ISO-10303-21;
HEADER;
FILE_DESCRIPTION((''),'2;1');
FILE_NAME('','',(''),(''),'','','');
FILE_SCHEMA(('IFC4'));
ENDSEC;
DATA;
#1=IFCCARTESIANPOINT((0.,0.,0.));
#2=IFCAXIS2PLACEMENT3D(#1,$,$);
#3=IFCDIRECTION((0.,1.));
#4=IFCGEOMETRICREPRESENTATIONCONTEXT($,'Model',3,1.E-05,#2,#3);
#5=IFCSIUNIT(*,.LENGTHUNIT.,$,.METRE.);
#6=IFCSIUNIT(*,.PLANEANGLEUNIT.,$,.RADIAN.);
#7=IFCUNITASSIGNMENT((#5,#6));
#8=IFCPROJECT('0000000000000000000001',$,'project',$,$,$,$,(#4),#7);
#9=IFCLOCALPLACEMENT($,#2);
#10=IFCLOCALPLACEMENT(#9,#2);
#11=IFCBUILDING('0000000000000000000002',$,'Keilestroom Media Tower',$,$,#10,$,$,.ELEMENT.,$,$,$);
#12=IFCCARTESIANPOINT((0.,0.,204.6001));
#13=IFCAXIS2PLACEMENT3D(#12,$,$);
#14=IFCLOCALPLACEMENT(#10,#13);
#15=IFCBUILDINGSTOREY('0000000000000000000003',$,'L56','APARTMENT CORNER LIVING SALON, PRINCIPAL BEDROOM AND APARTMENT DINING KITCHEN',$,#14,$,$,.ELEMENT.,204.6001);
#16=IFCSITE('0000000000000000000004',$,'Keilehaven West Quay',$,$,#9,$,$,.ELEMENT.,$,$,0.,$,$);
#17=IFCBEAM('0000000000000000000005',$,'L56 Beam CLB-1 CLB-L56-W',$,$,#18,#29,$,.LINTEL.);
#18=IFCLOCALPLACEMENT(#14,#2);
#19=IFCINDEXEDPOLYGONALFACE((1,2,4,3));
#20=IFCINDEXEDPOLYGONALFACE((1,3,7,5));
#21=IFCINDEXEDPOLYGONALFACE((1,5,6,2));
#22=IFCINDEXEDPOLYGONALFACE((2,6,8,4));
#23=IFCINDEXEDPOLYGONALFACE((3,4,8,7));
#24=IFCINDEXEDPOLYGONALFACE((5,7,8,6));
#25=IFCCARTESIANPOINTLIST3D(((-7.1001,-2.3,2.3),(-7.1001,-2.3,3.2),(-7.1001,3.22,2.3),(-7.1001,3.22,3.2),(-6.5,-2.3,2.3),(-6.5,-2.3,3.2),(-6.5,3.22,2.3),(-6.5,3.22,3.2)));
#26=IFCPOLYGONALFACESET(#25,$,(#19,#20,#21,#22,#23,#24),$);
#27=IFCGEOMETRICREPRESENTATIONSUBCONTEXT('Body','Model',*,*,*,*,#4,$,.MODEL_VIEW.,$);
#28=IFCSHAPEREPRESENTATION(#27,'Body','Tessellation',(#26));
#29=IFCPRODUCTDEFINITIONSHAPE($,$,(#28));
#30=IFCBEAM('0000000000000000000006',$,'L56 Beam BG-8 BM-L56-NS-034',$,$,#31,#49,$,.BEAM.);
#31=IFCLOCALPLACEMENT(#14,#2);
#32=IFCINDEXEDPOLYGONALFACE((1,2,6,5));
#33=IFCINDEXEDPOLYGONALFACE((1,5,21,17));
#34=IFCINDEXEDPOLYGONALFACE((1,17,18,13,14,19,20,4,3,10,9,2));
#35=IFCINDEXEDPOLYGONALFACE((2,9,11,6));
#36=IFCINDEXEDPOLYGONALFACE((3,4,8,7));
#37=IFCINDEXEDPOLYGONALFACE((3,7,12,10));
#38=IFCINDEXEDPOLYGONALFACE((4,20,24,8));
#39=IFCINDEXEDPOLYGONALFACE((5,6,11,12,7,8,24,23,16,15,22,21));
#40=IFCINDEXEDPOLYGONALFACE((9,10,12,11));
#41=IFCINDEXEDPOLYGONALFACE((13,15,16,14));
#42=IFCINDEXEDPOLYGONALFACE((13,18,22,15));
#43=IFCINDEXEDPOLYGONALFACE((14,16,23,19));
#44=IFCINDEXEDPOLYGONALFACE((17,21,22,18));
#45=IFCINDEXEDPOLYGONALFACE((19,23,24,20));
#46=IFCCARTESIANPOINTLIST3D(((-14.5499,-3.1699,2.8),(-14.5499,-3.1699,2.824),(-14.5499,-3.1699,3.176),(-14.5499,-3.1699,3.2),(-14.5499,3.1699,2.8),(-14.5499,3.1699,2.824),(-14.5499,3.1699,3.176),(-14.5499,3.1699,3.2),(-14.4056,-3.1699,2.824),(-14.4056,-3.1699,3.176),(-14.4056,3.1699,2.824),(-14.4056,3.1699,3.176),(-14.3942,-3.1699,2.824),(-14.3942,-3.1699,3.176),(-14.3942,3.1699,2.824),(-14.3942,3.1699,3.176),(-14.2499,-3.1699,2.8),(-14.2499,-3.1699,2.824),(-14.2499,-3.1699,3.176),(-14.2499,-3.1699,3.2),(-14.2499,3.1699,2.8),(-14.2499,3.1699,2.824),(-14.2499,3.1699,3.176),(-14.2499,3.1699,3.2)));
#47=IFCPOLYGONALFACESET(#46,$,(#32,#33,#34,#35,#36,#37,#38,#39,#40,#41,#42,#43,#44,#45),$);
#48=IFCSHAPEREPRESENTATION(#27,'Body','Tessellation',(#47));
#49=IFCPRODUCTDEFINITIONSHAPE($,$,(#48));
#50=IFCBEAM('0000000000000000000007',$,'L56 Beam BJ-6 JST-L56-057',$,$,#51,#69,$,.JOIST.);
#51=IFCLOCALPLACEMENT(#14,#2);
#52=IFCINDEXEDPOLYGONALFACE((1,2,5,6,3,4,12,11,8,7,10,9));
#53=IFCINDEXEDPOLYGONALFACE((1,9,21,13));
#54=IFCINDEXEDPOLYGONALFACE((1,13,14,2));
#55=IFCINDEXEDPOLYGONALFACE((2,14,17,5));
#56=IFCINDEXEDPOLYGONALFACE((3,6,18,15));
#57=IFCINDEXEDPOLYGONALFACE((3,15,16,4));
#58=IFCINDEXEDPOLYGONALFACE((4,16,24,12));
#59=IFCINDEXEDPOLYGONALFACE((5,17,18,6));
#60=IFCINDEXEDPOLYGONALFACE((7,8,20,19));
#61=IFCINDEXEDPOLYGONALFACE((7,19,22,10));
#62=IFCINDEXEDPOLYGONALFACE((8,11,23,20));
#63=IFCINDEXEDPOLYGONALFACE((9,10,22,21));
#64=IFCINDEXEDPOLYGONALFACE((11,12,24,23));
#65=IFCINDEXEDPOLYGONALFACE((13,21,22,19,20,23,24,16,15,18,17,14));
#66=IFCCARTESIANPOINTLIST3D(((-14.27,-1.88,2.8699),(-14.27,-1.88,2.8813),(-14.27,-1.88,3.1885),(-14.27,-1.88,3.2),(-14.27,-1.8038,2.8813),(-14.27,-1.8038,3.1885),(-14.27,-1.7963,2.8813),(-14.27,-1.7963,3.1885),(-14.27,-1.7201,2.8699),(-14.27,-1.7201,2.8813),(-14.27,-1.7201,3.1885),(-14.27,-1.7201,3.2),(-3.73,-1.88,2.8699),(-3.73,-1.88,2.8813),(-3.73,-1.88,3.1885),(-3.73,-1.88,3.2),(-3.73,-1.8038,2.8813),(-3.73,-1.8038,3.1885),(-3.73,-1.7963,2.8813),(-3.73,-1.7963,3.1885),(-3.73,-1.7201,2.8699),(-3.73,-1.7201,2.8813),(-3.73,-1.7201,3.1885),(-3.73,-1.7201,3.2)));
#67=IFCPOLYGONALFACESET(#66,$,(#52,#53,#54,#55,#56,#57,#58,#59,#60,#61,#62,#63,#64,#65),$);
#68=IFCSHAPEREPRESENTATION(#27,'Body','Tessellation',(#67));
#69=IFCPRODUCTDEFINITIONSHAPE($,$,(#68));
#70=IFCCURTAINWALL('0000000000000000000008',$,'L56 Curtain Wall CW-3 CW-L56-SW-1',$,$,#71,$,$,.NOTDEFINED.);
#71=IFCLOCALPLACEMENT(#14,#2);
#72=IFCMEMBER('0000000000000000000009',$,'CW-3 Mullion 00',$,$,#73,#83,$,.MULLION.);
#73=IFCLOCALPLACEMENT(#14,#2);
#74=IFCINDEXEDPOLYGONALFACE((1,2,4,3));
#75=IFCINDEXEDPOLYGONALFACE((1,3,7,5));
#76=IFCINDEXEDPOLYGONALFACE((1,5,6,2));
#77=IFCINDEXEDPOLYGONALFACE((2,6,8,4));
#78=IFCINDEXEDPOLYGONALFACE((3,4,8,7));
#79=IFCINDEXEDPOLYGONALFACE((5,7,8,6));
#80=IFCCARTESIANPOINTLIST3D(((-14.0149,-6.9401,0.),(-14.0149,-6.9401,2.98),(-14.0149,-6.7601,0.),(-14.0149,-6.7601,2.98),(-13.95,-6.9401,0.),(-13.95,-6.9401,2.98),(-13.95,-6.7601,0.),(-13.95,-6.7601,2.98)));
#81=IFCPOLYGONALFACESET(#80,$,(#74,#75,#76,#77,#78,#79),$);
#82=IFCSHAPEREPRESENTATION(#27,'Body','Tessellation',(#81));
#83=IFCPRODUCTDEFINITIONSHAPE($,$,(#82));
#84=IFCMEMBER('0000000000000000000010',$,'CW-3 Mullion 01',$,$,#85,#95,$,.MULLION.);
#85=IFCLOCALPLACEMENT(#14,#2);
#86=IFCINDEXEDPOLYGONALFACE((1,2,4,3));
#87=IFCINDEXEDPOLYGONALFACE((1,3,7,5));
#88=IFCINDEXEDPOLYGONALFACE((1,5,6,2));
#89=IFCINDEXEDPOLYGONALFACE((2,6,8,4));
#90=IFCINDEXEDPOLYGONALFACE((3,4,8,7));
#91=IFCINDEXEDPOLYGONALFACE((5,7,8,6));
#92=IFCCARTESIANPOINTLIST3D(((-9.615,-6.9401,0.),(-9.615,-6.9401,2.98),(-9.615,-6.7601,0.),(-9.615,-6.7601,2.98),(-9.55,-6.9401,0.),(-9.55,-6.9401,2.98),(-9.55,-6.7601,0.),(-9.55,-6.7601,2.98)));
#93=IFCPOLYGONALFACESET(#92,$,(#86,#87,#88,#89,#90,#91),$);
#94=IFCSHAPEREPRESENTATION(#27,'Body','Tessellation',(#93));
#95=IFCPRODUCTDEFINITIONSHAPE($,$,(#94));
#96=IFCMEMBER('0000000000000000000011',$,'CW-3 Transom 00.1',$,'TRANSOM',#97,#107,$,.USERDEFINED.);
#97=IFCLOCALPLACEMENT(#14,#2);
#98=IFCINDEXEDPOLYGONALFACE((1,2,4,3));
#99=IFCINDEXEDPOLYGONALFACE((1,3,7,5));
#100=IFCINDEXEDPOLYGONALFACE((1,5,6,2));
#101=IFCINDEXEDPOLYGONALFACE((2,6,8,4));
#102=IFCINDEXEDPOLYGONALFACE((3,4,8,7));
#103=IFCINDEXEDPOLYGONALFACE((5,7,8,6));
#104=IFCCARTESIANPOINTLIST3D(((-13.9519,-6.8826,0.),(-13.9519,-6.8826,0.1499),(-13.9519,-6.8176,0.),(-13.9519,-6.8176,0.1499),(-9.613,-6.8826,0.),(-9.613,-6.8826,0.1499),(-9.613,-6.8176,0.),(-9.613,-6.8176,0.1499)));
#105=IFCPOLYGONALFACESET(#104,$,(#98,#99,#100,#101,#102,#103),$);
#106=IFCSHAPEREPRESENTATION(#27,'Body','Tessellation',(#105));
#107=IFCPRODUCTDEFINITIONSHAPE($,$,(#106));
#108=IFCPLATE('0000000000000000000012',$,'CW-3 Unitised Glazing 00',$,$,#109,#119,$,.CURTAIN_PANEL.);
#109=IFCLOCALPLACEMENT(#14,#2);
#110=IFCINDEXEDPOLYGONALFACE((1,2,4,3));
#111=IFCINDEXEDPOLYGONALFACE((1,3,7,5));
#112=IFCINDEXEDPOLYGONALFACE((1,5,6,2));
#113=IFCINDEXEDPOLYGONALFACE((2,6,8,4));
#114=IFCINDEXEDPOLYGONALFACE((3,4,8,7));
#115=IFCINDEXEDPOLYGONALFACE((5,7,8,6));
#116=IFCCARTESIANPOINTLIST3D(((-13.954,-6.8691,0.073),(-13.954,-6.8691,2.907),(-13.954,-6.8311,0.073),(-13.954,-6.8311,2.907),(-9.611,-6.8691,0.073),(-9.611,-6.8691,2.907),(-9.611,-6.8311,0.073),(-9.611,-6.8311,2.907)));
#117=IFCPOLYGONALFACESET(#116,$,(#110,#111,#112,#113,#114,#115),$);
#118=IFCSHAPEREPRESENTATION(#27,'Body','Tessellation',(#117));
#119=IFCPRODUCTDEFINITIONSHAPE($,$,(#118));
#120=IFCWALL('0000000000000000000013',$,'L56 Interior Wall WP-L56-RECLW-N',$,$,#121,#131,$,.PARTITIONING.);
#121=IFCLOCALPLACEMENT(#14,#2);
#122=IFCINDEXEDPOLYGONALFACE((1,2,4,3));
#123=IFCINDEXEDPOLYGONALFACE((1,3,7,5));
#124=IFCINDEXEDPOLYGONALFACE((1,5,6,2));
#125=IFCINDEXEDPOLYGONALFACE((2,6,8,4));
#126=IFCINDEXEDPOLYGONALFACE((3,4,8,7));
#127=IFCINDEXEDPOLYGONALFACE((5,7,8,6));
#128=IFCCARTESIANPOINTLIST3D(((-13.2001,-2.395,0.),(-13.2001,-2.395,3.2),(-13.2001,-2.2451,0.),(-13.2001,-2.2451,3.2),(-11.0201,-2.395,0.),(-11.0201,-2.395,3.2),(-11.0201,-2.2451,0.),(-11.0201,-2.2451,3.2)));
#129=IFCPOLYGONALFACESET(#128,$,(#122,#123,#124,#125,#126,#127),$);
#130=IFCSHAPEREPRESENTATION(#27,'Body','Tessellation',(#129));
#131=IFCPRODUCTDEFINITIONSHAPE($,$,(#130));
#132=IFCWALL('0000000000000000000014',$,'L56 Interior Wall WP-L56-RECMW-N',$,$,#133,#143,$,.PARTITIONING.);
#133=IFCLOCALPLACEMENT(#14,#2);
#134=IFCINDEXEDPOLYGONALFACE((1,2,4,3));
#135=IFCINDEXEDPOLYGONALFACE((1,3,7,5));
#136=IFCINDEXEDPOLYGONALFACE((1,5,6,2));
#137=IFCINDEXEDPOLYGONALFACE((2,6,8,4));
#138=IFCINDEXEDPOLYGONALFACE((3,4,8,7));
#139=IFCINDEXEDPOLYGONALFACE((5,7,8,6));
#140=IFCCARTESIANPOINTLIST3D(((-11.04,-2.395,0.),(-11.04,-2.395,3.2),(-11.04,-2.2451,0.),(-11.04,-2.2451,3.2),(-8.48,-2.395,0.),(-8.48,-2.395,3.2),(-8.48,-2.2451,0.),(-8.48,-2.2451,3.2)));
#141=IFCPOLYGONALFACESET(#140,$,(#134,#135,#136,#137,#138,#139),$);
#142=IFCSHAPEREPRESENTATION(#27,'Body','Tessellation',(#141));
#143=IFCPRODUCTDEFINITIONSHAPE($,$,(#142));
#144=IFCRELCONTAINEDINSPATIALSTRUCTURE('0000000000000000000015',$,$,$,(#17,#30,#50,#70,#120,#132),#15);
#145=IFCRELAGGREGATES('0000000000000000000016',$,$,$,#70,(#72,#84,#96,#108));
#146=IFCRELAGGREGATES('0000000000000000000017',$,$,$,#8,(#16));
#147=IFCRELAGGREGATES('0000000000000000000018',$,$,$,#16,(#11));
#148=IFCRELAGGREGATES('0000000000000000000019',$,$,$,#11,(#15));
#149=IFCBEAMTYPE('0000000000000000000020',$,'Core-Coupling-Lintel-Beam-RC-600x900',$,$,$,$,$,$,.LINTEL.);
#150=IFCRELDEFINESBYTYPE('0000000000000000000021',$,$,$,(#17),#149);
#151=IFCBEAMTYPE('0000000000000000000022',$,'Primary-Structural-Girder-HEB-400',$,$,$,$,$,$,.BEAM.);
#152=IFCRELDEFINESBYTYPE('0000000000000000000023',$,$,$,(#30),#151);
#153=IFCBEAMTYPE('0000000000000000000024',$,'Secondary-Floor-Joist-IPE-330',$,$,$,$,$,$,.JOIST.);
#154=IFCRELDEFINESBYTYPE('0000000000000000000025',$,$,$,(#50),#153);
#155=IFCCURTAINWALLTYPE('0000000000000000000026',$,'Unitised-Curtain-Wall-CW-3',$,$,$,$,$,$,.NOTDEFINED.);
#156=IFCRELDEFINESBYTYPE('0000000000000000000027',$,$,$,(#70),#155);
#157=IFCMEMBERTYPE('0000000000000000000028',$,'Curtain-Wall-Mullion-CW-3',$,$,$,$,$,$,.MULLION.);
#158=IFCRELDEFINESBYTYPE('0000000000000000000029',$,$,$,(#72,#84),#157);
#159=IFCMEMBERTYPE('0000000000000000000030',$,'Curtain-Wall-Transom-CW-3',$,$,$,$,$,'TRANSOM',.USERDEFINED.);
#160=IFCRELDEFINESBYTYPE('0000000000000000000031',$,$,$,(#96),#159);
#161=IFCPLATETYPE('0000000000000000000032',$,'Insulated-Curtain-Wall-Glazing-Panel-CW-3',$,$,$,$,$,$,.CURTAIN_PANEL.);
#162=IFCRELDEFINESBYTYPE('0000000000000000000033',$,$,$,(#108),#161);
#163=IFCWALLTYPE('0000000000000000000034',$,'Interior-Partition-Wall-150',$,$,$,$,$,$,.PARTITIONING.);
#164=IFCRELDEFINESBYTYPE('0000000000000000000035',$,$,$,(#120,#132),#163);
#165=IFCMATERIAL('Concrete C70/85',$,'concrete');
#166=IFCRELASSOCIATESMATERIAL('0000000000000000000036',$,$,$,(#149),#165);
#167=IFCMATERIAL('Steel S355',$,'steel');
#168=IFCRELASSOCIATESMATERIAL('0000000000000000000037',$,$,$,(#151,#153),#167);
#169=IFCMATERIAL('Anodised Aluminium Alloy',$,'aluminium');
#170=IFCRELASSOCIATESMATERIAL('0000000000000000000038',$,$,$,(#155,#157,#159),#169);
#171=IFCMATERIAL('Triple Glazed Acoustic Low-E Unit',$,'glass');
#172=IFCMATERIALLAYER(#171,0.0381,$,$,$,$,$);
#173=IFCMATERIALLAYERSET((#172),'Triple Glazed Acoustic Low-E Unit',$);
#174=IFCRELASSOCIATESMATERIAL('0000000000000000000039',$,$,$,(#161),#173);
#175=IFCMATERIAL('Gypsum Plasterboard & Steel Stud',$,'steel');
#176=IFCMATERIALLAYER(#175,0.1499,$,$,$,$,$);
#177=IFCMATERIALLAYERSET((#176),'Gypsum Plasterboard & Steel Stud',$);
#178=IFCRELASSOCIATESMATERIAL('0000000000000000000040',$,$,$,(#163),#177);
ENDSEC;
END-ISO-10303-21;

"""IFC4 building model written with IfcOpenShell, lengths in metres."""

from ifc_helpers import new_model, si_unit, direction, frame, frame_2d, origin, origin_2d, place, context, subcontext, project, spatial, rectangle, i_section, extrude, source, transform, mapped, material, layer, layer_set, material_profile, profile_set, type_object, element, aggregate, save


model = new_model("IFC4")

# Units and contexts
model_context = context("Model", 3, precision=1e-05, world=origin(), true_north=direction((0.0, 1.0)))
body_context = subcontext(model_context, "Body", "Model", "MODEL_VIEW")
ifc_project = project(units=[si_unit("LENGTHUNIT", "METRE"), si_unit("PLANEANGLEUNIT", "RADIAN")], contexts=[model_context])

# Site, building, storey
site_placement = place(None, origin())
site = spatial("IfcSite", under=ifc_project, at=site_placement, Name="Keilehaven West Quay", CompositionType="ELEMENT", RefElevation=0.0)
building_placement = place(site_placement, origin())
building = spatial("IfcBuilding", under=site, at=building_placement, Name="Keilestroom Media Tower", CompositionType="ELEMENT")
storey_placement = place(building_placement, frame((0.0, 0.0, 204.6001)))
storey = spatial("IfcBuildingStorey", under=building, at=storey_placement, Name="L56", Description="APARTMENT CORNER LIVING SALON, PRINCIPAL BEDROOM AND APARTMENT DINING KITCHEN", CompositionType="ELEMENT", Elevation=204.6001)

# Beams
ifc_material_1 = material(Name="Concrete C70/85", Category="concrete")
ifc_material_profile_1 = material_profile(ifc_material_1, rectangle(XDim=0.6001, YDim=0.8999, at=origin_2d()), Name="RC 600x900")
ifc_profile_set_1 = profile_set([ifc_material_profile_1], Name="Concrete C70/85")
beam_type_1 = type_object("IfcBeamType", Name="Core-Coupling-Lintel-Beam-RC-600x900", PredefinedType="LINTEL", material=ifc_profile_set_1)
shared_shape_1 = source(origin(), body_context, "Body", "SweptSolid", [
    extrude(rectangle(XDim=0.6001, YDim=0.8999, at=origin_2d()), origin(), (0.0, 0.0, 1.0), 5.52),
])
beam_1_placement = place(storey_placement, frame((-6.8, -2.3, 2.75), z_axis=(0.0, 1.0, 0.0), x_axis=(-1.0, 0.0, 0.0)))
element("IfcBeam", 1, at=beam_1_placement, inside=storey, type_object=beam_type_1, Name="L56 Beam CLB-1 CLB-L56-W", PredefinedType="LINTEL", context=body_context, shape_type="MappedRepresentation", body=[
    mapped(shared_shape_1, transform((0.0, 0.0, 0.0), x_axis=(1.0, 0.0, 0.0), y_axis=(0.0, 1.0, 0.0), z_axis=(0.0, 0.0, 1.0), scale=1.0)),
])
ifc_material_2 = material(Name="Steel S355", Category="steel")
ifc_material_profile_2 = material_profile(ifc_material_2, i_section(OverallWidth=0.3, OverallDepth=0.3999, WebThickness=0.0115, FlangeThickness=0.0239, at=origin_2d()), Name="HEB 400")
ifc_profile_set_2 = profile_set([ifc_material_profile_2], Name="Steel S355")
beam_type_2 = type_object("IfcBeamType", Name="Primary-Structural-Girder-HEB-400", PredefinedType="BEAM", material=ifc_profile_set_2)
shared_shape_2 = source(origin(), body_context, "Body", "SweptSolid", [
    extrude(i_section(OverallWidth=0.3, OverallDepth=0.3999, WebThickness=0.0115, FlangeThickness=0.0239, at=origin_2d()), origin(), (0.0, 0.0, 1.0), 6.3398),
])
beam_2_placement = place(storey_placement, frame((-14.3999, -3.1699, 3.0), z_axis=(0.0, 1.0, 0.0), x_axis=(-1.0, 0.0, 0.0)))
element("IfcBeam", 2, at=beam_2_placement, inside=storey, type_object=beam_type_2, Name="L56 Beam BG-8 BM-L56-NS-034", PredefinedType="BEAM", context=body_context, shape_type="MappedRepresentation", body=[
    mapped(shared_shape_2, transform((0.0, 0.0, 0.0), x_axis=(1.0, 0.0, 0.0), y_axis=(0.0, 1.0, 0.0), z_axis=(0.0, 0.0, 1.0), scale=1.0)),
])
ifc_material_profile_3 = material_profile(ifc_material_2, i_section(OverallWidth=0.1599, OverallDepth=0.3301, WebThickness=0.0076, FlangeThickness=0.0115, at=origin_2d()), Name="IPE 330")
ifc_profile_set_3 = profile_set([ifc_material_profile_3], Name="Steel S355")
beam_type_3 = type_object("IfcBeamType", Name="Secondary-Floor-Joist-IPE-330", PredefinedType="JOIST", material=ifc_profile_set_3)
shared_shape_3 = source(origin(), body_context, "Body", "SweptSolid", [
    extrude(i_section(OverallWidth=0.1599, OverallDepth=0.3301, WebThickness=0.0076, FlangeThickness=0.0115, at=origin_2d()), origin(), (0.0, 0.0, 1.0), 10.54),
])
beam_3_placement = place(storey_placement, frame((-14.27, -1.8, 3.0349), z_axis=(1.0, 0.0, 0.0), x_axis=(0.0, 1.0, 0.0)))
element("IfcBeam", 3, at=beam_3_placement, inside=storey, type_object=beam_type_3, Name="L56 Beam BJ-6 JST-L56-057", PredefinedType="JOIST", context=body_context, shape_type="MappedRepresentation", body=[
    mapped(shared_shape_3, transform((0.0, 0.0, 0.0), x_axis=(1.0, 0.0, 0.0), y_axis=(0.0, 1.0, 0.0), z_axis=(0.0, 0.0, 1.0), scale=1.0)),
])

# Curtain wall, members, plate
ifc_material_3 = material(Name="Anodised Aluminium Alloy", Category="aluminium")
curtain_wall_type = type_object("IfcCurtainWallType", Name="Unitised-Curtain-Wall-CW-3", PredefinedType="NOTDEFINED", material=ifc_material_3)
curtain_wall_placement = place(storey_placement, origin())
curtain_wall = element("IfcCurtainWall", 4, at=curtain_wall_placement, inside=storey, type_object=curtain_wall_type, Name="L56 Curtain Wall CW-3 CW-L56-SW-1", PredefinedType="NOTDEFINED")
ifc_material_profile_4 = material_profile(ifc_material_3, rectangle(XDim=0.0649, YDim=0.1799, at=origin_2d()), Name="ALU MULLION 65x180")
ifc_profile_set_4 = profile_set([ifc_material_profile_4], Name="Anodised Aluminium Alloy")
member_type_1 = type_object("IfcMemberType", Name="Curtain-Wall-Mullion-CW-3", PredefinedType="MULLION", material=ifc_profile_set_4)
shared_shape_4 = source(origin(), body_context, "Body", "SweptSolid", [
    extrude(rectangle(XDim=0.0649, YDim=0.1799, at=origin_2d()), origin(), (0.0, 0.0, 1.0), 2.98),
])
member_1_placement = place(storey_placement, frame((-13.9824, -6.8501, 0.0), z_axis=(0.0, 0.0, 1.0), x_axis=(1.0, 0.0, 0.0)))
member_1 = element("IfcMember", 5, at=member_1_placement, type_object=member_type_1, Name="CW-3 Mullion 00", PredefinedType="MULLION", context=body_context, shape_type="MappedRepresentation", body=[
    mapped(shared_shape_4, transform((0.0, 0.0, 0.0), x_axis=(1.0, 0.0, 0.0), y_axis=(0.0, 1.0, 0.0), z_axis=(0.0, 0.0, 1.0), scale=1.0)),
])
member_2_placement = place(storey_placement, frame((-9.5825, -6.8501, 0.0), z_axis=(0.0, 0.0, 1.0), x_axis=(1.0, 0.0, 0.0)))
member_2 = element("IfcMember", 6, at=member_2_placement, type_object=member_type_1, Name="CW-3 Mullion 01", PredefinedType="MULLION", context=body_context, shape_type="MappedRepresentation", body=[
    mapped(shared_shape_4, transform((0.0, 0.0, 0.0), x_axis=(1.0, 0.0, 0.0), y_axis=(0.0, 1.0, 0.0), z_axis=(0.0, 0.0, 1.0), scale=1.0)),
])
ifc_material_profile_5 = material_profile(ifc_material_3, rectangle(XDim=0.0649, YDim=0.1499, at=origin_2d()), Name="ALU TRANSOM 65x150")
ifc_profile_set_5 = profile_set([ifc_material_profile_5], Name="Anodised Aluminium Alloy")
member_type_2 = type_object("IfcMemberType", Name="Curtain-Wall-Transom-CW-3", ElementType="TRANSOM", PredefinedType="USERDEFINED", material=ifc_profile_set_5)
shared_shape_5 = source(origin(), body_context, "Body", "SweptSolid", [
    extrude(rectangle(XDim=0.0649, YDim=0.1499, at=origin_2d()), origin(), (0.0, 0.0, 1.0), 4.3389),
])
member_3_placement = place(storey_placement, frame((-13.9519, -6.8501, 0.075), z_axis=(1.0, 0.0, 0.0), x_axis=(0.0, 1.0, 0.0)))
member_3 = element("IfcMember", 7, at=member_3_placement, type_object=member_type_2, Name="CW-3 Transom 00.1", ObjectType="TRANSOM", PredefinedType="USERDEFINED", context=body_context, shape_type="MappedRepresentation", body=[
    mapped(shared_shape_5, transform((0.0, 0.0, 0.0), x_axis=(1.0, 0.0, 0.0), y_axis=(0.0, 1.0, 0.0), z_axis=(0.0, 0.0, 1.0), scale=1.0)),
])
ifc_material_4 = material(Name="Triple Glazed Acoustic Low-E Unit", Category="glass")
ifc_layer_1 = layer(ifc_material_4, 0.0381)
ifc_layer_set_1 = layer_set([ifc_layer_1], Name="Triple Glazed Acoustic Low-E Unit")
plate_type = type_object("IfcPlateType", Name="Insulated-Curtain-Wall-Glazing-Panel-CW-3", PredefinedType="CURTAIN_PANEL", material=ifc_layer_set_1)
shared_shape_6 = source(origin(), body_context, "Body", "SweptSolid", [
    extrude(rectangle(XDim=4.343, YDim=0.0381, at=origin_2d()), origin(), (0.0, 0.0, 1.0), 2.834),
])
plate_placement = place(storey_placement, frame((-11.7825, -6.8501, 0.073), z_axis=(0.0, 0.0, 1.0), x_axis=(1.0, 0.0, 0.0)))
plate = element("IfcPlate", 8, at=plate_placement, type_object=plate_type, Name="CW-3 Unitised Glazing 00", PredefinedType="CURTAIN_PANEL", context=body_context, shape_type="MappedRepresentation", body=[
    mapped(shared_shape_6, transform((0.0, 0.0, 0.0), x_axis=(1.0, 0.0, 0.0), y_axis=(0.0, 1.0, 0.0), z_axis=(0.0, 0.0, 1.0), scale=1.0)),
])
aggregate(curtain_wall, [member_1, member_2, member_3, plate])

# Walls
ifc_material_5 = material(Name="Gypsum Plasterboard & Steel Stud", Category="steel")
ifc_layer_2 = layer(ifc_material_5, 0.1499)
ifc_layer_set_2 = layer_set([ifc_layer_2], Name="Gypsum Plasterboard & Steel Stud")
wall_type_1 = type_object("IfcWallType", Name="Interior-Partition-Wall-150", PredefinedType="PARTITIONING", material=ifc_layer_set_2)
wall_1_placement = place(storey_placement, frame((-13.2, -2.3201, 0.0), z_axis=(0.0, 0.0, 1.0), x_axis=(1.0, 0.0, 0.0)))
element("IfcWall", 9, at=wall_1_placement, inside=storey, type_object=wall_type_1, Name="L56 Interior Wall WP-L56-RECLW-N", PredefinedType="PARTITIONING", context=body_context, shape_type="SweptSolid", body=[
    extrude(rectangle(XDim=2.1799, YDim=0.1499, at=frame_2d((1.0898, 0.0))), origin(), (0.0, 0.0, 1.0), 3.2),
])
wall_2_placement = place(storey_placement, frame((-11.04, -2.3201, 0.0), z_axis=(0.0, 0.0, 1.0), x_axis=(1.0, 0.0, 0.0)))
element("IfcWall", 10, at=wall_2_placement, inside=storey, type_object=wall_type_1, Name="L56 Interior Wall WP-L56-RECMW-N", PredefinedType="PARTITIONING", context=body_context, shape_type="SweptSolid", body=[
    extrude(rectangle(XDim=2.5601, YDim=0.1499, at=frame_2d((1.28, 0.0))), origin(), (0.0, 0.0, 1.0), 3.2),
])

save(model, "model.ifc")
